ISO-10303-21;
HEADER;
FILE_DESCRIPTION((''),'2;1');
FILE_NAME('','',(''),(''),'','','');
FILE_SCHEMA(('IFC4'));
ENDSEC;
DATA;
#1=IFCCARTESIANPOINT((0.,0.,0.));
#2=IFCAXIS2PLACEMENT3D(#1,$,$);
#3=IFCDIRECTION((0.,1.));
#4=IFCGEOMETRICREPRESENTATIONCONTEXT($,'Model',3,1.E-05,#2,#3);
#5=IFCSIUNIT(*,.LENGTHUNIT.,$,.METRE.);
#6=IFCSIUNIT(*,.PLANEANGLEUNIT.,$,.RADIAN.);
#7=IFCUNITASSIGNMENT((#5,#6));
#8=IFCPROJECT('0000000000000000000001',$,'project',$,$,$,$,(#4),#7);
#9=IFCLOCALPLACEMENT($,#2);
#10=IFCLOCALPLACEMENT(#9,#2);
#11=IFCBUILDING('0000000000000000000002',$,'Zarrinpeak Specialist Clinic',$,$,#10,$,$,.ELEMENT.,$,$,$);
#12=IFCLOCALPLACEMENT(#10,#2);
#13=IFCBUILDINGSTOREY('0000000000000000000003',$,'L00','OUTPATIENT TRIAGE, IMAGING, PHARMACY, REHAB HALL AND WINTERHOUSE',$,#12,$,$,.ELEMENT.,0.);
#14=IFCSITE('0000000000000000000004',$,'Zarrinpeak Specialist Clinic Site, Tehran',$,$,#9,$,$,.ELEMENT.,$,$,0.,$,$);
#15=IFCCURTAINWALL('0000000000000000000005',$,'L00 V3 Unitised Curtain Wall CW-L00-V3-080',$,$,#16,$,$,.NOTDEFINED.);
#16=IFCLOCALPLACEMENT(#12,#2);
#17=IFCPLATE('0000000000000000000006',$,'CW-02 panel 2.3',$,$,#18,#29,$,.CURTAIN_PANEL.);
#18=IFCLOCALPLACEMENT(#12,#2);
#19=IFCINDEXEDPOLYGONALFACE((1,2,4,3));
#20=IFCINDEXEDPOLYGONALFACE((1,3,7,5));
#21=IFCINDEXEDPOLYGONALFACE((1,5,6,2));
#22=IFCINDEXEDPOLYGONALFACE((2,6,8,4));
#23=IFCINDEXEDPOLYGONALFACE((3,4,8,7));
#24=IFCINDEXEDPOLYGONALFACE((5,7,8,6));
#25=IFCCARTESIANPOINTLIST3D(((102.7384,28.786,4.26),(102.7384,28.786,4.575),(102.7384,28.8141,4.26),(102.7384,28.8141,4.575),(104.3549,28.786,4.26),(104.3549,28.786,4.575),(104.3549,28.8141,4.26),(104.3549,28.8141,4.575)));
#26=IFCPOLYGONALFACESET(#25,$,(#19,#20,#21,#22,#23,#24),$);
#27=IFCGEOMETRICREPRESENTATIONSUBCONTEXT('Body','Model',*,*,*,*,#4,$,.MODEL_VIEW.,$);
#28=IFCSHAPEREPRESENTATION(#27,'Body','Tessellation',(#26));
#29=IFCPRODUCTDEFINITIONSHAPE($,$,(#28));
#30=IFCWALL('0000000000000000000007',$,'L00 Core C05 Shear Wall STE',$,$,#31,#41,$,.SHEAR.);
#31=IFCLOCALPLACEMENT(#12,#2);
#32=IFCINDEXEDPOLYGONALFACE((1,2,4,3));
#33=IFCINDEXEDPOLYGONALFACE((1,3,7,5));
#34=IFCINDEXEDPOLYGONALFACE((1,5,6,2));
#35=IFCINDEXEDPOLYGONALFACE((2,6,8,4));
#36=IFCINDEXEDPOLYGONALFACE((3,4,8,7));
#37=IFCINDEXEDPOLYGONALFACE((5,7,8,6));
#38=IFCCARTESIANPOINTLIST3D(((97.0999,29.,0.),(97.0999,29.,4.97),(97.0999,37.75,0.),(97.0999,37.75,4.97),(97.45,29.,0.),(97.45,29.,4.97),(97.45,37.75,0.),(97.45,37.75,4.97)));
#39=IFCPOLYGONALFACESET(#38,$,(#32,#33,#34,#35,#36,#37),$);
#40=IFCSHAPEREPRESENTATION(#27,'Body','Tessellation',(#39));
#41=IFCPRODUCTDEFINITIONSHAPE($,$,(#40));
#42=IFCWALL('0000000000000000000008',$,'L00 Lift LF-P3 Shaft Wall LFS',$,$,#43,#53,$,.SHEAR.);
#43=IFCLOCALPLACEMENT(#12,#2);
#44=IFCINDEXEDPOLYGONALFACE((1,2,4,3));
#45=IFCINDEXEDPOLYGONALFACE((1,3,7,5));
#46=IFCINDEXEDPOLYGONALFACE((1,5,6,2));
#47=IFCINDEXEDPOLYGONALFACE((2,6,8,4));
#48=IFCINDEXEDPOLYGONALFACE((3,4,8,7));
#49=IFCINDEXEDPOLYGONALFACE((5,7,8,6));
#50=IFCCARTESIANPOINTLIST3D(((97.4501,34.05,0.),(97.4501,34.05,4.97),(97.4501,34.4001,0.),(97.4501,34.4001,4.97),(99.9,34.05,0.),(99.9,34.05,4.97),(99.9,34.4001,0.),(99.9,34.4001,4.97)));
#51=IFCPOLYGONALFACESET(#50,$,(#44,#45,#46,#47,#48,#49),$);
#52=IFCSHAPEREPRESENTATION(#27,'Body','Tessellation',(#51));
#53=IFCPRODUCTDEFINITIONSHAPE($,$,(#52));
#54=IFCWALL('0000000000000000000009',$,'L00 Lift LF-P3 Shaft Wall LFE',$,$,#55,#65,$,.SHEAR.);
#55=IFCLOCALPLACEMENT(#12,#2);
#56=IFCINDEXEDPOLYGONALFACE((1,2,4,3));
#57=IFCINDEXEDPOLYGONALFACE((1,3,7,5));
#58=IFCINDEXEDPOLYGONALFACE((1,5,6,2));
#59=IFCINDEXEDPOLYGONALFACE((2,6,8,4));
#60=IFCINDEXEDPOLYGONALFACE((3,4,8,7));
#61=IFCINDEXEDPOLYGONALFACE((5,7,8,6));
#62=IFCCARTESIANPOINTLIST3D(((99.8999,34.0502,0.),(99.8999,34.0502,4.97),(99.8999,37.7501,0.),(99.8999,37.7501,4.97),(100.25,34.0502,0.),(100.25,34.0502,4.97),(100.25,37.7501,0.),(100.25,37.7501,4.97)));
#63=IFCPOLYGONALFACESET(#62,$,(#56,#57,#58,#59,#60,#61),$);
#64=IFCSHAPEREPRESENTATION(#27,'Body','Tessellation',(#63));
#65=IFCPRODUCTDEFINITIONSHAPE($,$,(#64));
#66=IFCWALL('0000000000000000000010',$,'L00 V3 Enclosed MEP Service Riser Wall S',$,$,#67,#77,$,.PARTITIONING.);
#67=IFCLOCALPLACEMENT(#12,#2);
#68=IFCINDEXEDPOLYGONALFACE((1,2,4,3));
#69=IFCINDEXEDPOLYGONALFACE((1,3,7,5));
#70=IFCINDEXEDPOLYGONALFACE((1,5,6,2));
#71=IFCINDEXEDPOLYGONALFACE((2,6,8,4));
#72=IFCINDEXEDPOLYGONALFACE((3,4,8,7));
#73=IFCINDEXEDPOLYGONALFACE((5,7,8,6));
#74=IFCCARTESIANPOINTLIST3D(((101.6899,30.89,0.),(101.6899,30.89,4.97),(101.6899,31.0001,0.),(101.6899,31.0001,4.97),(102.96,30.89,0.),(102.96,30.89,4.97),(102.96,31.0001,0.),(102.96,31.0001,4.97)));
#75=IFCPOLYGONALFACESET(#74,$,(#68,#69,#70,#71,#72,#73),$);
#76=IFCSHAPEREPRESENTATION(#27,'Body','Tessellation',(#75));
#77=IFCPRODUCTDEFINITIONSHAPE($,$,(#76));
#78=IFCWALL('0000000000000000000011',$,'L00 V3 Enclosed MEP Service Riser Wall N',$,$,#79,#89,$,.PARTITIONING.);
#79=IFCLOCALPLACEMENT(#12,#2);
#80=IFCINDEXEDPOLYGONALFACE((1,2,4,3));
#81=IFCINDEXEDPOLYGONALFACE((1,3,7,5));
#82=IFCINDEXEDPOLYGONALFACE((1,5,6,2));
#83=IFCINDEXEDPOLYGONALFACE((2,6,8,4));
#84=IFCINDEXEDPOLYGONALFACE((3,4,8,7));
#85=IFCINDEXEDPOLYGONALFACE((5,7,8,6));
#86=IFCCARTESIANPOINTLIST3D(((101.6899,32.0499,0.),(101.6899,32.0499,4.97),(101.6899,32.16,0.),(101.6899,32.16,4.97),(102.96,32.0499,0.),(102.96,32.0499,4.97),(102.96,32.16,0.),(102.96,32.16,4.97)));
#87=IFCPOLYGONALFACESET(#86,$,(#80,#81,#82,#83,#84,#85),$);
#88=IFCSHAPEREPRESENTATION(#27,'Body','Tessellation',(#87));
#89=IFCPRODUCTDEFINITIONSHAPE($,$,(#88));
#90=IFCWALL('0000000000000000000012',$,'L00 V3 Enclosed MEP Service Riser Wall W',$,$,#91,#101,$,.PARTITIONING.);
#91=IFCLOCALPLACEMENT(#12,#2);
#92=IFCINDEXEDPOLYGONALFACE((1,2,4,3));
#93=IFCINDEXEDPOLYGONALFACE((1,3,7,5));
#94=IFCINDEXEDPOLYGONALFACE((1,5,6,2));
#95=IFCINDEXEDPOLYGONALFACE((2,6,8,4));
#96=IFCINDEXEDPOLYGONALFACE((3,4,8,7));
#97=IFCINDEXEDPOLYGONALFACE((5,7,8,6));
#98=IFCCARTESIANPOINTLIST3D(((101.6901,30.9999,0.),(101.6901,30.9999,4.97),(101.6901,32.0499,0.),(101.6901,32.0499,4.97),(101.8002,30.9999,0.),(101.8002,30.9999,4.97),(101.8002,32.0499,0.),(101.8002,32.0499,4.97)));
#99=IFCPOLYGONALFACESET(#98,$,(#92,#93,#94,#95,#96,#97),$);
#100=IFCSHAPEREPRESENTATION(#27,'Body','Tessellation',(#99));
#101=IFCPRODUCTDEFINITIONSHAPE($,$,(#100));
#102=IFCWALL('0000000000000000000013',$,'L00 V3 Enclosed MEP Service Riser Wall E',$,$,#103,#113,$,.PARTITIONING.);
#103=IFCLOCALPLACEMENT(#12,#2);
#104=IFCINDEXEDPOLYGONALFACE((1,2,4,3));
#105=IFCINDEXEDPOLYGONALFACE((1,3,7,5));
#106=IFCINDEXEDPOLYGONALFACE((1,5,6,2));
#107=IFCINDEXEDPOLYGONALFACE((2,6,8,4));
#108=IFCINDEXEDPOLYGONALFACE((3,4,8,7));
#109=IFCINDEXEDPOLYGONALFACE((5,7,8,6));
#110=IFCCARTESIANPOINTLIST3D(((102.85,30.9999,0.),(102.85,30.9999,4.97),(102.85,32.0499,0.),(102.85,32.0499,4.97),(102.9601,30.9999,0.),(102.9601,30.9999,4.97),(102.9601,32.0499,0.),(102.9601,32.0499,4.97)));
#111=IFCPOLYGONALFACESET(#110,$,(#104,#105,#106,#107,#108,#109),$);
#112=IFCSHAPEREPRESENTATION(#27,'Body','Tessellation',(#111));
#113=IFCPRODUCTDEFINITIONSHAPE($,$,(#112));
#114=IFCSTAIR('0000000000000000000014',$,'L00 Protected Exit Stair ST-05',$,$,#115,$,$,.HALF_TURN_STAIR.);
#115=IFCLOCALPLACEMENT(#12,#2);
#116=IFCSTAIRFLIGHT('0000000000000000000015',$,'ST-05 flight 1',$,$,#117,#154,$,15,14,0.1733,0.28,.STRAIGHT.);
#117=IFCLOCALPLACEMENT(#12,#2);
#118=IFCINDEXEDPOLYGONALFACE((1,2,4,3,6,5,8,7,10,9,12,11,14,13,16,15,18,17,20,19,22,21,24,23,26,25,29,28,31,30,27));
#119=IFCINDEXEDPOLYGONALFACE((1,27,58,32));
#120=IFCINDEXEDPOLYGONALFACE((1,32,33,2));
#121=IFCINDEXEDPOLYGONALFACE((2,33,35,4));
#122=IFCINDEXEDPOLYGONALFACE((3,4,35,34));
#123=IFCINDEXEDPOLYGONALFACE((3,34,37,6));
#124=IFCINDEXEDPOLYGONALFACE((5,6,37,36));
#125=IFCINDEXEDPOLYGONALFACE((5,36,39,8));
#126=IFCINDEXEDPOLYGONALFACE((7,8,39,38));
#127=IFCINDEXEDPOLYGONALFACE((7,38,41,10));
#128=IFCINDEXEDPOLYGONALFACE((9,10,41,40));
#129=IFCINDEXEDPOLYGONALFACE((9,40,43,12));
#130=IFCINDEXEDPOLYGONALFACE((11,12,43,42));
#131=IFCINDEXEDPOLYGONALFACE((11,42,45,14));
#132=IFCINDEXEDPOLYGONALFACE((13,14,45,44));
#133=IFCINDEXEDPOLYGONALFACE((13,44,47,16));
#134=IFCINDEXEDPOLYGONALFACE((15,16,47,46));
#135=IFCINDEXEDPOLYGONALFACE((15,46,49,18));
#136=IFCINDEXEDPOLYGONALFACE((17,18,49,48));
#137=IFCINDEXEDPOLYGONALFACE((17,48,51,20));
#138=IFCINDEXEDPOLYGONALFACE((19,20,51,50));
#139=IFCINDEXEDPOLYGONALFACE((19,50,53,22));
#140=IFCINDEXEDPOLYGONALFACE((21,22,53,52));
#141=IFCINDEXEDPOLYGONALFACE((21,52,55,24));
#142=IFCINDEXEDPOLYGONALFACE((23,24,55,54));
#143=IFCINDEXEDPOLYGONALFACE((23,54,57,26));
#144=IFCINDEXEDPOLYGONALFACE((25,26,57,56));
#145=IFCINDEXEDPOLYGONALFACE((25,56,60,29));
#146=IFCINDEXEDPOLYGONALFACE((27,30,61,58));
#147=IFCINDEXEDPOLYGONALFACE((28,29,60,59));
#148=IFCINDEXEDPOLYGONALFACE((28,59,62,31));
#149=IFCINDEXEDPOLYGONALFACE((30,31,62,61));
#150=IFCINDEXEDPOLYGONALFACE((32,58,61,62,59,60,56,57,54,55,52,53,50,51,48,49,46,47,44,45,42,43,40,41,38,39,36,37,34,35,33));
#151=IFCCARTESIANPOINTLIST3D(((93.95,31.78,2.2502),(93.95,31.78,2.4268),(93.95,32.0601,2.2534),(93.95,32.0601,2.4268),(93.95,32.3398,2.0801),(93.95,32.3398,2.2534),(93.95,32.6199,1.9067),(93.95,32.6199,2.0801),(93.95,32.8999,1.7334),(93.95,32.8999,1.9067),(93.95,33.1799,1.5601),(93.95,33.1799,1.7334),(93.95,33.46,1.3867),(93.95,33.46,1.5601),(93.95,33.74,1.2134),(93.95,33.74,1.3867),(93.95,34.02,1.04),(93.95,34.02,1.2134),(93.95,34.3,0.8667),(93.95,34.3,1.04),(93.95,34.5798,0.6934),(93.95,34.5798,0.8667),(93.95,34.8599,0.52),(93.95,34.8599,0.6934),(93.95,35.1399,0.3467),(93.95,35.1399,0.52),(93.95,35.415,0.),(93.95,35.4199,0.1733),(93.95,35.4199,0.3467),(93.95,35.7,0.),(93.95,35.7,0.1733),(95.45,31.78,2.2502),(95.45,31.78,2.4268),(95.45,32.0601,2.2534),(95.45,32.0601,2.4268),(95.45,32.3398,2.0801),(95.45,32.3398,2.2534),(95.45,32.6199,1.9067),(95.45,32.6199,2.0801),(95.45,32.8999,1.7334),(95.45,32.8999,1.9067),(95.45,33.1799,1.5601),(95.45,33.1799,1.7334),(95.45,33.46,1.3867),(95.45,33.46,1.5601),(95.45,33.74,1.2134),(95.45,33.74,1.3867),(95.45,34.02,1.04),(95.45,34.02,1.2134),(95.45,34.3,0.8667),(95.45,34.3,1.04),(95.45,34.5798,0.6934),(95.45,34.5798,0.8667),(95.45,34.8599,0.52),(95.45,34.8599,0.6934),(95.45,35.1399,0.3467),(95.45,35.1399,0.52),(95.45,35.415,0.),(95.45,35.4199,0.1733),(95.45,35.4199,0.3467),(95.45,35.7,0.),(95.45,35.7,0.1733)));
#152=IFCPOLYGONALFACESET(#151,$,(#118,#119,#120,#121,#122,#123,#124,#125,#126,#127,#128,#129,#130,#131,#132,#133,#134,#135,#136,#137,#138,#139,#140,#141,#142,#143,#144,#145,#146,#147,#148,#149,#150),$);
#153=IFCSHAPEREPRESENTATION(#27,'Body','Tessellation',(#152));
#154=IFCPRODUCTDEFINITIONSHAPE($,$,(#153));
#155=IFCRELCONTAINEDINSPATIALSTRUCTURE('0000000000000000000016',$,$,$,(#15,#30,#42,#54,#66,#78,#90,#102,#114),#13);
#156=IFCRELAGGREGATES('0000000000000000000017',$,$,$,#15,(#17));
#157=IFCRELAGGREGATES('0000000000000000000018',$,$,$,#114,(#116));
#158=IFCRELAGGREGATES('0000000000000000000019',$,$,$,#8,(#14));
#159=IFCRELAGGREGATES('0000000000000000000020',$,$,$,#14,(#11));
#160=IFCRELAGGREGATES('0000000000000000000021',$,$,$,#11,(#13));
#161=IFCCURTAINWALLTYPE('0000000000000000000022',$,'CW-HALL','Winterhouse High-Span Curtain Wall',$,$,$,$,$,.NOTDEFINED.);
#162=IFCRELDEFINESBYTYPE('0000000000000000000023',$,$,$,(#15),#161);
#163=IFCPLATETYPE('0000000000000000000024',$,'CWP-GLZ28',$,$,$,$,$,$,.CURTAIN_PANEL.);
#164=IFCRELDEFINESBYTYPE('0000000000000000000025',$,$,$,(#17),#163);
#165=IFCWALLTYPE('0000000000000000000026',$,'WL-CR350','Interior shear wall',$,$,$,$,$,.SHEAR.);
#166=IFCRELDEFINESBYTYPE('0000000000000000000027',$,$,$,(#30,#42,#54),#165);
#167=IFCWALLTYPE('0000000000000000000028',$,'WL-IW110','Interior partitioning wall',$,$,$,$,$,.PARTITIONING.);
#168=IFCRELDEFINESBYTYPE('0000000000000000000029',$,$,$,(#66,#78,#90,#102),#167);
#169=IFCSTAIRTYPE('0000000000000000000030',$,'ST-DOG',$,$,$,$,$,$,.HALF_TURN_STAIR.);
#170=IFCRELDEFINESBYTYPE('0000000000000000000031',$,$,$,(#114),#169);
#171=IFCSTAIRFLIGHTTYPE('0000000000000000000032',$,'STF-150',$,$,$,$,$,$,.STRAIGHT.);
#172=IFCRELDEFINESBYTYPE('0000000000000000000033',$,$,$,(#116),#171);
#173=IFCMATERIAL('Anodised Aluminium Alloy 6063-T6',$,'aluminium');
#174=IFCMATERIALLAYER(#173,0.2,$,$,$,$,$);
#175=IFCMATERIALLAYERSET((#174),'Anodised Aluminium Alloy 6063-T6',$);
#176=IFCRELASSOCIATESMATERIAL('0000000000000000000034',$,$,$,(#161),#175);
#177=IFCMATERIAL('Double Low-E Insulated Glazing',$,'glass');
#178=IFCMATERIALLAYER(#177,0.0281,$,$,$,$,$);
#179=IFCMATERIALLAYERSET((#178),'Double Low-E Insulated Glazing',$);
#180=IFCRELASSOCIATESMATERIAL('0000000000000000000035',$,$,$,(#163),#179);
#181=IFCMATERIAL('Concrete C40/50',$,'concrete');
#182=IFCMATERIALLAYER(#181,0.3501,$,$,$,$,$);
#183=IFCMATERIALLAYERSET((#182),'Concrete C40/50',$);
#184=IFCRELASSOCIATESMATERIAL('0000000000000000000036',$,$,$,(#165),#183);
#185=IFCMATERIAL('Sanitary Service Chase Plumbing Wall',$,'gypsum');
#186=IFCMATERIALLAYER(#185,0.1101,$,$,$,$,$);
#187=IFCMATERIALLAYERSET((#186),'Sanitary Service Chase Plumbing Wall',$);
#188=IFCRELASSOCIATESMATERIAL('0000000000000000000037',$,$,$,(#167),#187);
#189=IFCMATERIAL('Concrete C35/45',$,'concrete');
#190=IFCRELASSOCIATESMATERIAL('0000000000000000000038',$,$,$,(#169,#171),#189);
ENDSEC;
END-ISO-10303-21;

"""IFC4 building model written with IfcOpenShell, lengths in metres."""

from ifc_helpers import new_model, si_unit, direction, frame, frame_2d, origin, origin_2d, place, context, subcontext, project, spatial, polyline, rectangle, outline, extrude, material, layer, layer_set, type_object, element, aggregate, save


model = new_model("IFC4")

# Units and contexts
model_context = context("Model", 3, precision=1e-05, world=origin(), true_north=direction((0.0, 1.0)))
body_context = subcontext(model_context, "Body", "Model", "MODEL_VIEW")
ifc_project = project(units=[si_unit("LENGTHUNIT", "METRE"), si_unit("PLANEANGLEUNIT", "RADIAN")], contexts=[model_context])

# Site, building, storey
site_placement = place(None, origin())
site = spatial("IfcSite", under=ifc_project, at=site_placement, Name="Zarrinpeak Specialist Clinic Site, Tehran", CompositionType="ELEMENT", RefElevation=0.0)
building_placement = place(site_placement, origin())
building = spatial("IfcBuilding", under=site, at=building_placement, Name="Zarrinpeak Specialist Clinic", CompositionType="ELEMENT")
storey_placement = place(building_placement, origin())
storey = spatial("IfcBuildingStorey", under=building, at=storey_placement, Name="L00", Description="OUTPATIENT TRIAGE, IMAGING, PHARMACY, REHAB HALL AND WINTERHOUSE", CompositionType="ELEMENT", Elevation=0.0)

# Curtain wall, plate
ifc_material_1 = material(Name="Anodised Aluminium Alloy 6063-T6", Category="aluminium")
ifc_layer_1 = layer(ifc_material_1, 0.2)
ifc_layer_set_1 = layer_set([ifc_layer_1], Name="Anodised Aluminium Alloy 6063-T6")
curtain_wall_type = type_object("IfcCurtainWallType", Name="CW-HALL", Description="Winterhouse High-Span Curtain Wall", PredefinedType="NOTDEFINED", material=ifc_layer_set_1)
curtain_wall_placement = place(storey_placement, origin())
curtain_wall = element("IfcCurtainWall", 1, at=curtain_wall_placement, inside=storey, type_object=curtain_wall_type, Name="L00 V3 Unitised Curtain Wall CW-L00-V3-080", PredefinedType="NOTDEFINED")
ifc_material_2 = material(Name="Double Low-E Insulated Glazing", Category="glass")
ifc_layer_2 = layer(ifc_material_2, 0.0281)
ifc_layer_set_2 = layer_set([ifc_layer_2], Name="Double Low-E Insulated Glazing")
plate_type = type_object("IfcPlateType", Name="CWP-GLZ28", PredefinedType="CURTAIN_PANEL", material=ifc_layer_set_2)
plate_1_placement = place(storey_placement, frame((103.5466, 28.8, 4.26), z_axis=(0.0, 0.0, 1.0), x_axis=(1.0, 0.0, 0.0)))
plate_1 = element("IfcPlate", 2, at=plate_1_placement, type_object=plate_type, Name="CW-02 panel 2.3", PredefinedType="CURTAIN_PANEL", context=body_context, shape_type="SweptSolid", body=[
    extrude(rectangle(XDim=1.6165, YDim=0.0281, at=origin_2d()), origin(), (0.0, 0.0, 1.0), 0.3149),
])
aggregate(curtain_wall, [plate_1])

# Walls
ifc_material_3 = material(Name="Concrete C40/50", Category="concrete")
ifc_layer_3 = layer(ifc_material_3, 0.3501)
ifc_layer_set_3 = layer_set([ifc_layer_3], Name="Concrete C40/50")
wall_type_1 = type_object("IfcWallType", Name="WL-CR350", Description="Interior shear wall", PredefinedType="SHEAR", material=ifc_layer_set_3)
wall_1_placement = place(storey_placement, frame((97.2749, 29.0, 0.0), z_axis=(0.0, 0.0, 1.0), x_axis=(0.0, 1.0, 0.0)))
element("IfcWall", 3, at=wall_1_placement, inside=storey, type_object=wall_type_1, Name="L00 Core C05 Shear Wall STE", PredefinedType="SHEAR", context=body_context, shape_type="SweptSolid", body=[
    extrude(rectangle(XDim=8.75, YDim=0.3501, at=frame_2d((4.375, 0.0))), origin(), (0.0, 0.0, 1.0), 4.97),
])
wall_2_placement = place(storey_placement, frame((97.45, 34.2251, 0.0), z_axis=(0.0, 0.0, 1.0), x_axis=(1.0, 0.0, 0.0)))
element("IfcWall", 4, at=wall_2_placement, inside=storey, type_object=wall_type_1, Name="L00 Lift LF-P3 Shaft Wall LFS", PredefinedType="SHEAR", context=body_context, shape_type="SweptSolid", body=[
    extrude(rectangle(XDim=2.45, YDim=0.3501, at=frame_2d((1.2251, 0.0))), origin(), (0.0, 0.0, 1.0), 4.97),
])
wall_3_placement = place(storey_placement, frame((100.075, 34.05, 0.0), z_axis=(0.0, 0.0, 1.0), x_axis=(0.0, 1.0, 0.0)))
element("IfcWall", 5, at=wall_3_placement, inside=storey, type_object=wall_type_1, Name="L00 Lift LF-P3 Shaft Wall LFE", PredefinedType="SHEAR", context=body_context, shape_type="SweptSolid", body=[
    extrude(rectangle(XDim=3.7, YDim=0.3501, at=frame_2d((1.8501, 0.0))), origin(), (0.0, 0.0, 1.0), 4.97),
])
ifc_material_4 = material(Name="Sanitary Service Chase Plumbing Wall", Category="gypsum")
ifc_layer_4 = layer(ifc_material_4, 0.1101)
ifc_layer_set_4 = layer_set([ifc_layer_4], Name="Sanitary Service Chase Plumbing Wall")
wall_type_2 = type_object("IfcWallType", Name="WL-IW110", Description="Interior partitioning wall", PredefinedType="PARTITIONING", material=ifc_layer_set_4)
for number, where, z_axis, x_axis, name in (
    (6, (101.6899, 30.9451, 0.0), (0.0, 0.0, 1.0), (1.0, 0.0, 0.0), "L00 V3 Enclosed MEP Service Riser Wall S"),
    (7, (101.6899, 32.105, 0.0), (0.0, 0.0, 1.0), (1.0, 0.0, 0.0), "L00 V3 Enclosed MEP Service Riser Wall N"),
):
    element("IfcWall", number, at=place(storey_placement, frame(where, z_axis=z_axis, x_axis=x_axis)), inside=storey, type_object=wall_type_2, Name=name, PredefinedType="PARTITIONING", context=body_context, shape_type="SweptSolid", body=[
        extrude(rectangle(XDim=1.27, YDim=0.1101, at=frame_2d((0.635, 0.0))), origin(), (0.0, 0.0, 1.0), 4.97),
    ])
for number, where, z_axis, x_axis, name in (
    (8, (101.7451, 31.0, 0.0), (0.0, 0.0, 1.0), (0.0, 1.0, 0.0), "L00 V3 Enclosed MEP Service Riser Wall W"),
    (9, (102.905, 31.0, 0.0), (0.0, 0.0, 1.0), (0.0, 1.0, 0.0), "L00 V3 Enclosed MEP Service Riser Wall E"),
):
    element("IfcWall", number, at=place(storey_placement, frame(where, z_axis=z_axis, x_axis=x_axis)), inside=storey, type_object=wall_type_2, Name=name, PredefinedType="PARTITIONING", context=body_context, shape_type="SweptSolid", body=[
        extrude(rectangle(XDim=1.05, YDim=0.1101, at=frame_2d((0.5249, 0.0))), origin(), (0.0, 0.0, 1.0), 4.97),
    ])

# Stair, stair flight
ifc_material_5 = material(Name="Concrete C35/45", Category="concrete")
stair_type = type_object("IfcStairType", Name="ST-DOG", PredefinedType="HALF_TURN_STAIR", material=ifc_material_5)
stair_placement = place(storey_placement, origin())
stair = element("IfcStair", 10, at=stair_placement, inside=storey, type_object=stair_type, Name="L00 Protected Exit Stair ST-05", PredefinedType="HALF_TURN_STAIR")
stair_flight_type = type_object("IfcStairFlightType", Name="STF-150", PredefinedType="STRAIGHT", material=ifc_material_5)
stair_flight_1_placement = place(storey_placement, frame((94.7, 35.7, 0.0), z_axis=(0.0, 0.0, 1.0), x_axis=(0.0, -1.0, 0.0)))
stair_flight_1 = element("IfcStairFlight", 11, at=stair_flight_1_placement, type_object=stair_flight_type, Name="ST-05 flight 1", NumberOfRisers=15, NumberOfTreads=14, PredefinedType="STRAIGHT", RiserHeight=0.1733, TreadLength=0.28, context=body_context, shape_type="SweptSolid", body=[
    extrude(outline(polyline([(0.0, 0.0), (0.0, 0.1733), (0.28, 0.1733), (0.28, 0.3467), (0.5601, 0.3467), (0.5601, 0.52), (0.8401, 0.52), (0.8401, 0.6934), (1.1201, 0.6934), (1.1201, 0.8667), (1.3999, 0.8667), (1.3999, 1.04), (1.6799, 1.04), (1.6799, 1.2134), (1.96, 1.2134), (1.96, 1.3867), (2.24, 1.3867), (2.24, 1.5601), (2.52, 1.5601), (2.52, 1.7334), (2.8, 1.7334), (2.8, 1.9067), (3.0801, 1.9067), (3.0801, 2.0801), (3.3601, 2.0801), (3.3601, 2.2534), (3.6399, 2.2534), (3.6399, 2.4268), (3.9199, 2.4268), (3.9199, 2.6001), (3.9199, 2.2502), (0.2849, 0.0), (0.0, 0.0)])), frame((0.0, 0.75, 0.0), z_axis=(0.0, -1.0, 0.0), x_axis=(1.0, 0.0, 0.0)), (0.0, 0.0, 1.0), 1.5),
])
aggregate(stair, [stair_flight_1])

save(model, "model.ifc")
